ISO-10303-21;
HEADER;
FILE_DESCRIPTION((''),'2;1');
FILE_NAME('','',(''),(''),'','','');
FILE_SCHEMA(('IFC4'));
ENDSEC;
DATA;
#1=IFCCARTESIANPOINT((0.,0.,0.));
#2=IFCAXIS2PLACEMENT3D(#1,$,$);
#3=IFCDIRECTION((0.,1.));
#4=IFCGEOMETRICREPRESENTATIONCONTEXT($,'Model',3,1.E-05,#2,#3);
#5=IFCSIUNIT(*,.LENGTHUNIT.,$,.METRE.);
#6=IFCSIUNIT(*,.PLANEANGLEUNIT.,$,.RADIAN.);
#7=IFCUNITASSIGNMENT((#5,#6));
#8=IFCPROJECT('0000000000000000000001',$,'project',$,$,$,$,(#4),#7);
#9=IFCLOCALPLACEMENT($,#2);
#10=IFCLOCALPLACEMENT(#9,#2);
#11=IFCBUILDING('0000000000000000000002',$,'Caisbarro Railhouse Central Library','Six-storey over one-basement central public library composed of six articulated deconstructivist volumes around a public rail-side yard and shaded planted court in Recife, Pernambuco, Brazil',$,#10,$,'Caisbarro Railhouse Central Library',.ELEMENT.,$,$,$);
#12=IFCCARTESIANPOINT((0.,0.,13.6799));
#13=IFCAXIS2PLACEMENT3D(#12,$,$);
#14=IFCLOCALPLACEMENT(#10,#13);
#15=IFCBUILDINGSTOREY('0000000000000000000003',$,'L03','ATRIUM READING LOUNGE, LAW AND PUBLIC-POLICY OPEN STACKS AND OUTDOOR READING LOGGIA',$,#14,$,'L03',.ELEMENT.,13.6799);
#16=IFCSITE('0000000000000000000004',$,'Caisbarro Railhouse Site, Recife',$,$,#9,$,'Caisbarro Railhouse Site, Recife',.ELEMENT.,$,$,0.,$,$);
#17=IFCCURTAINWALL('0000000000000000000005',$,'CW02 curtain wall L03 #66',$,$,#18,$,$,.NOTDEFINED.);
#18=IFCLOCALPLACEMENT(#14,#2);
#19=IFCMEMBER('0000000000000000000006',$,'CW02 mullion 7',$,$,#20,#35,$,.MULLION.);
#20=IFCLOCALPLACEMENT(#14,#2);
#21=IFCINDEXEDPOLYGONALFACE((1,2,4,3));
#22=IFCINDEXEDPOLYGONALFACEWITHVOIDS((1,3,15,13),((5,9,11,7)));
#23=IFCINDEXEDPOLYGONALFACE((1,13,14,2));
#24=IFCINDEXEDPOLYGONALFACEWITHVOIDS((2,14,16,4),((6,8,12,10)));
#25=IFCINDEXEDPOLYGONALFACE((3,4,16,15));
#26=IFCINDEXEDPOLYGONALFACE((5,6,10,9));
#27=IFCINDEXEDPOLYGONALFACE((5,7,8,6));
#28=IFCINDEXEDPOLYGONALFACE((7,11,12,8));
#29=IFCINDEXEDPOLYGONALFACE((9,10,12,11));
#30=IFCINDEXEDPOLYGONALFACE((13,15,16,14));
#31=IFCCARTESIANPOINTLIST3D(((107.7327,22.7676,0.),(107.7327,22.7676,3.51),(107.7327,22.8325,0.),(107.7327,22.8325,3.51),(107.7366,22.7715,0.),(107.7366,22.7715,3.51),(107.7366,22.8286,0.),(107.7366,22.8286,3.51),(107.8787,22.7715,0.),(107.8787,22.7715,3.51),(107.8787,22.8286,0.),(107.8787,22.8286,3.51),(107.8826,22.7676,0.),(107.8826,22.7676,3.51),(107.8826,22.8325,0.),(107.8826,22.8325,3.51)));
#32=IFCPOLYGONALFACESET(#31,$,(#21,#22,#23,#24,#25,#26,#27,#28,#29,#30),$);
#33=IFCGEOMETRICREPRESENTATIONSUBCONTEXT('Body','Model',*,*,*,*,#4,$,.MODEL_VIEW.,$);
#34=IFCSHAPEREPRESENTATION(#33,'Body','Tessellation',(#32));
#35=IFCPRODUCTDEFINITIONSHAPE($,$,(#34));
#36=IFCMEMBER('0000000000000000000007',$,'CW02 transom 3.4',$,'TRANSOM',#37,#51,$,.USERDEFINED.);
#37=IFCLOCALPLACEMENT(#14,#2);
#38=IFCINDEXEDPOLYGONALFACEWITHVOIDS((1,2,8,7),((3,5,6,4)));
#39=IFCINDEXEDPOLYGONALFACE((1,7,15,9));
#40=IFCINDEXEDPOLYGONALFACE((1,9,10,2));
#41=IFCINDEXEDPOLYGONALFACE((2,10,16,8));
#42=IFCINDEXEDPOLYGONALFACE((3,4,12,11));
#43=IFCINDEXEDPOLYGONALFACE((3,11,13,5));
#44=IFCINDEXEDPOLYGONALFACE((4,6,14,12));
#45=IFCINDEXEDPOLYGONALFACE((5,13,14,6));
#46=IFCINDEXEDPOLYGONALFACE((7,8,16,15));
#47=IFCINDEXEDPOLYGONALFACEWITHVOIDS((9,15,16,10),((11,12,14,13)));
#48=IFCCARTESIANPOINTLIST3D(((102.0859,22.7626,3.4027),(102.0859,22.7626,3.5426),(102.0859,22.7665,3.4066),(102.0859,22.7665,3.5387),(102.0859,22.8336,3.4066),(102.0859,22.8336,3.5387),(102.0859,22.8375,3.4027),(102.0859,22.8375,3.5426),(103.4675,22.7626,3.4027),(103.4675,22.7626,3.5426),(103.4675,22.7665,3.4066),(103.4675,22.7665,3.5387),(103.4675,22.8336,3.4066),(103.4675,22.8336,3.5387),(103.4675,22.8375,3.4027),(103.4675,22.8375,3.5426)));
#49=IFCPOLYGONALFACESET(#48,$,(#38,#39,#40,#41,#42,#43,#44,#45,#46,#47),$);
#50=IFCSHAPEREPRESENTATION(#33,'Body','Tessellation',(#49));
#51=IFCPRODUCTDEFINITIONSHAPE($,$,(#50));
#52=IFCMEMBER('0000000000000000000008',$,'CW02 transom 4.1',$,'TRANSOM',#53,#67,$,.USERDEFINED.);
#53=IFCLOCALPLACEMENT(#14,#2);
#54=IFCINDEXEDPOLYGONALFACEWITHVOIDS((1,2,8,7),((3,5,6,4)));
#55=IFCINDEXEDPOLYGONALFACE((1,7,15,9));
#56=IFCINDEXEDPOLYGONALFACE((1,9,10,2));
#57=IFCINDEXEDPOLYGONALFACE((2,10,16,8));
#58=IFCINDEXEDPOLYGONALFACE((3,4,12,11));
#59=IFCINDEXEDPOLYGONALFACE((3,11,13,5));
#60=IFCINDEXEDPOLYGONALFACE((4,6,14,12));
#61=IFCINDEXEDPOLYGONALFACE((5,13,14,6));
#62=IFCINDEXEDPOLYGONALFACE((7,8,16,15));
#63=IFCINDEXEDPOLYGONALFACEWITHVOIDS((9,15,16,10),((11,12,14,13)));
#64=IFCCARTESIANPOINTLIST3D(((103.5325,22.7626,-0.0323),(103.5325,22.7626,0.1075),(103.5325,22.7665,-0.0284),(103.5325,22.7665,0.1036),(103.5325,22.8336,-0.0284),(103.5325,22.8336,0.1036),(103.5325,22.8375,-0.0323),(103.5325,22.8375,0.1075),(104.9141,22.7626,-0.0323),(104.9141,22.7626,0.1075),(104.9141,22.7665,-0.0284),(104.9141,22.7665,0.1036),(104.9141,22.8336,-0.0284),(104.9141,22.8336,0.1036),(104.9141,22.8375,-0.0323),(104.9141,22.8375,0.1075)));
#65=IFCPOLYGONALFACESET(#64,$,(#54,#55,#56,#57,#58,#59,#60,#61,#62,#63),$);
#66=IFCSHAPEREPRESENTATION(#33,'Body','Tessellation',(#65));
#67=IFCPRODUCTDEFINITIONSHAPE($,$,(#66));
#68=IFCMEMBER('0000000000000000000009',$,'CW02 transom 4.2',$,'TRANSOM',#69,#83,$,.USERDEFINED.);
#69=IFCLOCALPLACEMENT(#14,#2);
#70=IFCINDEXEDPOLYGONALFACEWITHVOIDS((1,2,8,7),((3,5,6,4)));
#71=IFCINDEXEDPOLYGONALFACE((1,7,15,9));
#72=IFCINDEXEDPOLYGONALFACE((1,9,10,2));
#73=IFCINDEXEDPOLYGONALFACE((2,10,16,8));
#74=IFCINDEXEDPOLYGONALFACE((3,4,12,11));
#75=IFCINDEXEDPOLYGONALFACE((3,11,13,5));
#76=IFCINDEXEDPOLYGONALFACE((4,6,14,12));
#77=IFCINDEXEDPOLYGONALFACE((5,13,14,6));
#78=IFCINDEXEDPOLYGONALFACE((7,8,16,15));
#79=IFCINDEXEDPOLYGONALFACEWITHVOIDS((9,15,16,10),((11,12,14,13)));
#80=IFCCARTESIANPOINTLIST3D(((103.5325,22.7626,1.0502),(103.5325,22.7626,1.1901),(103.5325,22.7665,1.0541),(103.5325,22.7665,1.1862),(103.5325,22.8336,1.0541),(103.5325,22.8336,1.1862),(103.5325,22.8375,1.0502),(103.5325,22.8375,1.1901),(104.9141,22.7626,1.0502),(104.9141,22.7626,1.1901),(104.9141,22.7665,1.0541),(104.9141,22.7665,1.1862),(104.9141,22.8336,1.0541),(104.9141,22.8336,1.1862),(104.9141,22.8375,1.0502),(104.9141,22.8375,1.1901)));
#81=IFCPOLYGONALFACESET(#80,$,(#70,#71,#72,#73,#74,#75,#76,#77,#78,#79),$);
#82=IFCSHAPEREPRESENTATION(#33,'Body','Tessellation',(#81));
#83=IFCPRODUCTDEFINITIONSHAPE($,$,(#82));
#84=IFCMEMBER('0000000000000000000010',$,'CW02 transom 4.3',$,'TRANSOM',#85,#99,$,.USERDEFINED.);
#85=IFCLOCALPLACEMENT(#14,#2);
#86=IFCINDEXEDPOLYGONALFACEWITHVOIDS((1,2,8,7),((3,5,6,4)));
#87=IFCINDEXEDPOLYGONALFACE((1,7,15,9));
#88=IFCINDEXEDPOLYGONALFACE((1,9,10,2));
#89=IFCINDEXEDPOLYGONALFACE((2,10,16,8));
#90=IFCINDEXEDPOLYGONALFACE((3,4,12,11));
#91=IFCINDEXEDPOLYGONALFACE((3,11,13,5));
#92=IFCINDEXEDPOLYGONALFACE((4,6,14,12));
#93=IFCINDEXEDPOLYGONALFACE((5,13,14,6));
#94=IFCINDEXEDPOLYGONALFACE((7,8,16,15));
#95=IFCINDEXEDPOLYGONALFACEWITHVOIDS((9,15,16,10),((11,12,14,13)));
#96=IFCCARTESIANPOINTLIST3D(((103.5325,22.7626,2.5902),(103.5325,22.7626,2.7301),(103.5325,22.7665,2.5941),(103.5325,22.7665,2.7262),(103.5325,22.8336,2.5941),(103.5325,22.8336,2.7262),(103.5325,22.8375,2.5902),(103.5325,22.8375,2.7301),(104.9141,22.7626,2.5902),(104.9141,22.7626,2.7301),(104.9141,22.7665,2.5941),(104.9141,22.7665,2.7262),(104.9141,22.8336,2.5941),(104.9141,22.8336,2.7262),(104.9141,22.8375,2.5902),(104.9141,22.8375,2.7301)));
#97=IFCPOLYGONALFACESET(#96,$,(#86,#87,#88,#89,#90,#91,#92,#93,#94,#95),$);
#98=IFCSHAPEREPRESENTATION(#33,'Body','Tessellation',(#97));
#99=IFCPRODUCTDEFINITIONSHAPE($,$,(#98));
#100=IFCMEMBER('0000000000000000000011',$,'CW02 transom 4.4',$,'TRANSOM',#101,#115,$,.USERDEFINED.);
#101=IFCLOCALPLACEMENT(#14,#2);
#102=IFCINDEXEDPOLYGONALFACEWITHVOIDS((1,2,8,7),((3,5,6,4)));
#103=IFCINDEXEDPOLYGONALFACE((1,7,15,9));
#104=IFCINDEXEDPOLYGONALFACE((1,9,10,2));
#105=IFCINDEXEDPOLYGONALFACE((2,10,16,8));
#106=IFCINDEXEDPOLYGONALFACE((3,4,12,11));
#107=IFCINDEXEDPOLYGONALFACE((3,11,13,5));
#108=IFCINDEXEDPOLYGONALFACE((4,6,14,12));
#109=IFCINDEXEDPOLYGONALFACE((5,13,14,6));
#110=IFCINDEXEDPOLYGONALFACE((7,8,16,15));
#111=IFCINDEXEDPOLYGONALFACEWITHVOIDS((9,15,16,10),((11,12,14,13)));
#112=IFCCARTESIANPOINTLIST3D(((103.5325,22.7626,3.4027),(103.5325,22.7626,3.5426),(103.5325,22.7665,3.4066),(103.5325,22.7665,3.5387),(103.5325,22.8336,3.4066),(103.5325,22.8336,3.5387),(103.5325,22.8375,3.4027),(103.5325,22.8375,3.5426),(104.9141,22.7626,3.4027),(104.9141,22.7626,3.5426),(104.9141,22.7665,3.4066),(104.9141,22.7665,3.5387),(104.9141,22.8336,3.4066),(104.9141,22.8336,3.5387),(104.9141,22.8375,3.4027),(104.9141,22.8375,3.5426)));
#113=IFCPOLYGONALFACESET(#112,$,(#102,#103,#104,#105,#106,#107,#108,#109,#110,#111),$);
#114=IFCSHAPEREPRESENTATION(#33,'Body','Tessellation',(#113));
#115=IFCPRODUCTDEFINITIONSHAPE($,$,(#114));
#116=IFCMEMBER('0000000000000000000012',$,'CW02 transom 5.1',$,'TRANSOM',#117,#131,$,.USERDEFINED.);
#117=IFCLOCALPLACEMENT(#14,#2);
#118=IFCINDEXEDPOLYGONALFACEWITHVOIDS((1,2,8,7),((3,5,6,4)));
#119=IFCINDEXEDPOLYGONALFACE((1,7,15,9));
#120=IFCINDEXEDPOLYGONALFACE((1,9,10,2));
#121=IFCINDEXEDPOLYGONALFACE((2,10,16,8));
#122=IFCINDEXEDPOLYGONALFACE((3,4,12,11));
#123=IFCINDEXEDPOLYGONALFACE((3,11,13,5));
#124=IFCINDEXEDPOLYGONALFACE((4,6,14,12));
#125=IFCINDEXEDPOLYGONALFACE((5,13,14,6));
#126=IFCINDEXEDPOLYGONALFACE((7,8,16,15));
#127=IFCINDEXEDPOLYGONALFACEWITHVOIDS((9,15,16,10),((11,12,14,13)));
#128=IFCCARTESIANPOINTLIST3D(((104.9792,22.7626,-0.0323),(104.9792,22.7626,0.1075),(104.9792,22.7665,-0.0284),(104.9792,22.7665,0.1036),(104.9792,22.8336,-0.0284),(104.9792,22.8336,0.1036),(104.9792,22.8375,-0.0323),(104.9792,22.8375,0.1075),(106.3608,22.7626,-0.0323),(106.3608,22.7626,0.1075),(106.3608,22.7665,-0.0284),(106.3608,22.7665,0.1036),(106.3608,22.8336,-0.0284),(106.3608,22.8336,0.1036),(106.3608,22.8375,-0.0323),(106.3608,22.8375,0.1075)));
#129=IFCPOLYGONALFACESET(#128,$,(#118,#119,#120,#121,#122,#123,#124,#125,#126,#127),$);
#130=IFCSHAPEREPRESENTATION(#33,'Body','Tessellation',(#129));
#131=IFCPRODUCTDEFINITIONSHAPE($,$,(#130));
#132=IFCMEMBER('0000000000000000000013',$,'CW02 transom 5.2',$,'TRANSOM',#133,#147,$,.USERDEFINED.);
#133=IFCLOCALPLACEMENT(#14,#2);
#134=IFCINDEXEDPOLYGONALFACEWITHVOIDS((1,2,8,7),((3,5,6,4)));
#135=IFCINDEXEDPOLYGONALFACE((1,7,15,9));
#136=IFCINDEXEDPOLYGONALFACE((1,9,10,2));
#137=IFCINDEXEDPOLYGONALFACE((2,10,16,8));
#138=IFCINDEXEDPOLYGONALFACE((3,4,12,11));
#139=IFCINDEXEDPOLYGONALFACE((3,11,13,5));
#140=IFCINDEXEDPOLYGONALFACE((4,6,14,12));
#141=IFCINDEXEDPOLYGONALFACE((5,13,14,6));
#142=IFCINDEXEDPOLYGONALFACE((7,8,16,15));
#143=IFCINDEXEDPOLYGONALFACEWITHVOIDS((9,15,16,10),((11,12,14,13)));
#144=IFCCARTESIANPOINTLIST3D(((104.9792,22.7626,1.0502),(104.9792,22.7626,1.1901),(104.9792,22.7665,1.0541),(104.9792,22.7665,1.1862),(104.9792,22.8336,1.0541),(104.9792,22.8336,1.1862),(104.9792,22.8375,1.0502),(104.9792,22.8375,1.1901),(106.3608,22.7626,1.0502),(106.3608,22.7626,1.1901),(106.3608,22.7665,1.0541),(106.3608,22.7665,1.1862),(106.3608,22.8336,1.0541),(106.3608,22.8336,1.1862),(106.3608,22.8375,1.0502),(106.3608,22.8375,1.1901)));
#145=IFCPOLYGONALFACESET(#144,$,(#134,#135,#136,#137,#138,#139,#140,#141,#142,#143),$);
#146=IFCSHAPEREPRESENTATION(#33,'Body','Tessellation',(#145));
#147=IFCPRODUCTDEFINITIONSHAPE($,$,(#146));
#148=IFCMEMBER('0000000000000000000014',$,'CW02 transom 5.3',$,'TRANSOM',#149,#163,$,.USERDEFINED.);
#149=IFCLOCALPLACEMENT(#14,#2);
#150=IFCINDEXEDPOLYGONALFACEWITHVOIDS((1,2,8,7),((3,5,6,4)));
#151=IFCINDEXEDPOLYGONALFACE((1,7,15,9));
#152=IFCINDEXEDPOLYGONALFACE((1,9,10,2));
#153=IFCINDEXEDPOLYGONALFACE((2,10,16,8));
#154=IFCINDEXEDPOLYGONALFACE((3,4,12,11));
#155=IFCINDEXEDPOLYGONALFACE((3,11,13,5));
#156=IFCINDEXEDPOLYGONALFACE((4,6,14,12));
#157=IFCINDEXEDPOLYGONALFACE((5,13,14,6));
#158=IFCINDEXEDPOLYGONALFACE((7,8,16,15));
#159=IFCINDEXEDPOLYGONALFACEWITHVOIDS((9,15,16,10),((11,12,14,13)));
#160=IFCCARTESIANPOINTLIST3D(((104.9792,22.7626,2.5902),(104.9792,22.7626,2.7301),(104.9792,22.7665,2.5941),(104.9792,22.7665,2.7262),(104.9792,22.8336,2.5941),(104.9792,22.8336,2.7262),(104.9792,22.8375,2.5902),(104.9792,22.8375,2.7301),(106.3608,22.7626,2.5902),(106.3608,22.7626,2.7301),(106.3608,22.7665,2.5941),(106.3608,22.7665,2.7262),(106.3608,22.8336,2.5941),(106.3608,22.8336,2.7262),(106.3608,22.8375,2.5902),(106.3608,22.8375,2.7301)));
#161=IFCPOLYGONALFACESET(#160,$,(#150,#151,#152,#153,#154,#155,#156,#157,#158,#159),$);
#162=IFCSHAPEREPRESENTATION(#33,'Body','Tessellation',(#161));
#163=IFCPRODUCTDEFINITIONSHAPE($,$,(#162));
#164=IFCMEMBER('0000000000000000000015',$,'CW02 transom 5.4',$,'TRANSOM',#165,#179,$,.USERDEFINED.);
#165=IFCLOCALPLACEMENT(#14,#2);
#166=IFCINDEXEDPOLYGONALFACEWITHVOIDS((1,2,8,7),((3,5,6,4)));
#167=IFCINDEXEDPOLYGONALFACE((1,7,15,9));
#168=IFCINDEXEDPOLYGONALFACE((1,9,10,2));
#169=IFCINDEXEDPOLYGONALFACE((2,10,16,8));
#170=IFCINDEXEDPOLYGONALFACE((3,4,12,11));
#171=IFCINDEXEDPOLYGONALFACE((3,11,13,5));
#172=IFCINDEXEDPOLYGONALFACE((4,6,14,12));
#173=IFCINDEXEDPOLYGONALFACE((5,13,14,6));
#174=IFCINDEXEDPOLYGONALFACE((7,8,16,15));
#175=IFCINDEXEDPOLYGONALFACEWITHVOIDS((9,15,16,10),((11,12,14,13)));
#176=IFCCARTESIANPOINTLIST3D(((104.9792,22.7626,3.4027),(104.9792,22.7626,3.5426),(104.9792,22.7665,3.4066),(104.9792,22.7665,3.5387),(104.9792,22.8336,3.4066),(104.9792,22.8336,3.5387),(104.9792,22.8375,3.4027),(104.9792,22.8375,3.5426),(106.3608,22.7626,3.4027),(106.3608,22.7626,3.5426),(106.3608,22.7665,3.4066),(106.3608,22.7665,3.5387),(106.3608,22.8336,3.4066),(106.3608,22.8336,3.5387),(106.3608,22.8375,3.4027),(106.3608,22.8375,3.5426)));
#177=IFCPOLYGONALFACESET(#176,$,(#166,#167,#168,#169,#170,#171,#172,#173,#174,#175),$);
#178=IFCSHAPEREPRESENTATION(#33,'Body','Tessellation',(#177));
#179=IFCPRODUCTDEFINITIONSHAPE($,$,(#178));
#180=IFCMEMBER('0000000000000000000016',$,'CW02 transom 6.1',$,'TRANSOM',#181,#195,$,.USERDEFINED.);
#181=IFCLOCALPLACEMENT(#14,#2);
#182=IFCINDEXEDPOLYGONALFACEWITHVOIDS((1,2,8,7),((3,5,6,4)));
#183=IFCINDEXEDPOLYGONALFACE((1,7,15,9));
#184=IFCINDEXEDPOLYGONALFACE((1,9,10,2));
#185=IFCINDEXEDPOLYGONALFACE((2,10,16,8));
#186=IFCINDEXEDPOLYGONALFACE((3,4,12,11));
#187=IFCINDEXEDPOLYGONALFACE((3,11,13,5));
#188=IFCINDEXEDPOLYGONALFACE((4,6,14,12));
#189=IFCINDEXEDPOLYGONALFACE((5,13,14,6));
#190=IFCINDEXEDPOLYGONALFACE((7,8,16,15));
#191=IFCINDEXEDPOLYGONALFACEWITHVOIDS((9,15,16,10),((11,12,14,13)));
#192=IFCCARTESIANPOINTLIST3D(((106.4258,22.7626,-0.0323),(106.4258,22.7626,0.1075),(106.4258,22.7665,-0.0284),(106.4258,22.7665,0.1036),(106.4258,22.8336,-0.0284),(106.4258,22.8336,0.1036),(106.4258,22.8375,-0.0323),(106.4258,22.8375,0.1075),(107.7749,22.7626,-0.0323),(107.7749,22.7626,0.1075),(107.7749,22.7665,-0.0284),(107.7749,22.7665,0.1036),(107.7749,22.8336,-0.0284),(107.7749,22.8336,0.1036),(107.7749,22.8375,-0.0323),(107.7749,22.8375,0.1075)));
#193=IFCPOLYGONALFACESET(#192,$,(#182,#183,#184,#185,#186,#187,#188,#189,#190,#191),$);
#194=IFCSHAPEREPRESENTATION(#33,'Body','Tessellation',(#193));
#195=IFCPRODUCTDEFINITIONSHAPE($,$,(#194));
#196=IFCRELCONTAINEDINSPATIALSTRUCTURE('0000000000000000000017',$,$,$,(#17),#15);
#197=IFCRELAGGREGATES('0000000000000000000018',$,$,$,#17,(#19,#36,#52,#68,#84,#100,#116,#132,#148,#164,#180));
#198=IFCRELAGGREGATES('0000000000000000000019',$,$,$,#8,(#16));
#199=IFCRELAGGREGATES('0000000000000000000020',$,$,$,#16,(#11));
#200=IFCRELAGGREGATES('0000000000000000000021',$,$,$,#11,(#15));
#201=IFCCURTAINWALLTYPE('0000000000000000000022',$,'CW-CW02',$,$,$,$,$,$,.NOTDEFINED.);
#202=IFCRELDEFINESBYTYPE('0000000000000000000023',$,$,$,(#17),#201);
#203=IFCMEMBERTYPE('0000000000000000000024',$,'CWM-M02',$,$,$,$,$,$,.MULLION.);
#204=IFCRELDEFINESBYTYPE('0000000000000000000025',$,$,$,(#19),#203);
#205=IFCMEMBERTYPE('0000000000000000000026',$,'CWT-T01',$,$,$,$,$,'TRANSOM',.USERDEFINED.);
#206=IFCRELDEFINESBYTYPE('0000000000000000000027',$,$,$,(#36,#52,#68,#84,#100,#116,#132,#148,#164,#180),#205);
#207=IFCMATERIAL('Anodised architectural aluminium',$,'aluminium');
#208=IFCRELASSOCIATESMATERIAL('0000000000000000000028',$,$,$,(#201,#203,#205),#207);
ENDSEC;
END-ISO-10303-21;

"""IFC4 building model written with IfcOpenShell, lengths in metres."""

from ifc_helpers import new_model, si_unit, direction, frame, origin, origin_2d, place, context, subcontext, project, spatial, hollow_rectangle, extrude, material, material_profile, profile_set, type_object, element, aggregate, save


model = new_model("IFC4")

# Units and contexts
model_context = context("Model", 3, precision=1e-05, world=origin(), true_north=direction((0.0, 1.0)))
body_context = subcontext(model_context, "Body", "Model", "MODEL_VIEW")
ifc_project = project(units=[si_unit("LENGTHUNIT", "METRE"), si_unit("PLANEANGLEUNIT", "RADIAN")], contexts=[model_context])

# Site, building, storey
site_placement = place(None, origin())
site = spatial("IfcSite", under=ifc_project, at=site_placement, Name="Caisbarro Railhouse Site, Recife", LongName="Caisbarro Railhouse Site, Recife", CompositionType="ELEMENT", RefElevation=0.0)
building_placement = place(site_placement, origin())
building = spatial("IfcBuilding", under=site, at=building_placement, Name="Caisbarro Railhouse Central Library", Description="Six-storey over one-basement central public library composed of six articulated deconstructivist volumes around a public rail-side yard and shaded planted court in Recife, Pernambuco, Brazil", LongName="Caisbarro Railhouse Central Library", CompositionType="ELEMENT")
storey_placement = place(building_placement, frame((0.0, 0.0, 13.6799)))
storey = spatial("IfcBuildingStorey", under=building, at=storey_placement, Name="L03", Description="ATRIUM READING LOUNGE, LAW AND PUBLIC-POLICY OPEN STACKS AND OUTDOOR READING LOGGIA", LongName="L03", CompositionType="ELEMENT", Elevation=13.6799)

# Curtain wall, members
ifc_material_1 = material(Name="Anodised architectural aluminium", Category="aluminium")
curtain_wall_type = type_object("IfcCurtainWallType", Name="CW-CW02", PredefinedType="NOTDEFINED", material=ifc_material_1)
curtain_wall_placement = place(storey_placement, origin())
curtain_wall = element("IfcCurtainWall", 1, at=curtain_wall_placement, inside=storey, type_object=curtain_wall_type, Name="CW02 curtain wall L03 #66", PredefinedType="NOTDEFINED")
ifc_material_profile_1 = material_profile(ifc_material_1, hollow_rectangle(XDim=0.0649, YDim=0.1499, WallThickness=0.0039, at=origin_2d()), Name="ALU-MUL-65X150")
ifc_profile_set_1 = profile_set([ifc_material_profile_1], Name="Anodised architectural aluminium")
member_type_1 = type_object("IfcMemberType", Name="CWM-M02", PredefinedType="MULLION", material=ifc_profile_set_1)
member_1_placement = place(storey_placement, frame((107.8076, 22.8, 0.0), z_axis=(0.0, 0.0, 1.0), x_axis=(0.0, 1.0, 0.0)))
member_1 = element("IfcMember", 2, at=member_1_placement, type_object=member_type_1, Name="CW02 mullion 7", PredefinedType="MULLION", context=body_context, shape_type="SweptSolid", body=[
    extrude(hollow_rectangle(XDim=0.0649, YDim=0.1499, WallThickness=0.0039, at=origin_2d()), origin(), (0.0, 0.0, 1.0), 3.51),
])
ifc_material_profile_2 = material_profile(ifc_material_1, hollow_rectangle(XDim=0.075, YDim=0.1399, WallThickness=0.0039, at=origin_2d()), Name="ALU-TRN-75X140")
ifc_profile_set_2 = profile_set([ifc_material_profile_2], Name="Anodised architectural aluminium")
member_type_2 = type_object("IfcMemberType", Name="CWT-T01", ElementType="TRANSOM", PredefinedType="USERDEFINED", material=ifc_profile_set_2)
member_2_placement = place(storey_placement, frame((102.0859, 22.8, 3.4727), z_axis=(1.0, 0.0, 0.0), x_axis=(0.0, 1.0, 0.0)))
member_2 = element("IfcMember", 3, at=member_2_placement, type_object=member_type_2, Name="CW02 transom 3.4", ObjectType="TRANSOM", PredefinedType="USERDEFINED", context=body_context, shape_type="SweptSolid", body=[
    extrude(hollow_rectangle(XDim=0.075, YDim=0.1399, WallThickness=0.0039, at=origin_2d()), origin(), (0.0, 0.0, 1.0), 1.3816),
])
member_3_placement = place(storey_placement, frame((103.5325, 22.8, 0.0376), z_axis=(1.0, 0.0, 0.0), x_axis=(0.0, 1.0, 0.0)))
member_3 = element("IfcMember", 4, at=member_3_placement, type_object=member_type_2, Name="CW02 transom 4.1", ObjectType="TRANSOM", PredefinedType="USERDEFINED", context=body_context, shape_type="SweptSolid", body=[
    extrude(hollow_rectangle(XDim=0.075, YDim=0.1399, WallThickness=0.0039, at=origin_2d()), origin(), (0.0, 0.0, 1.0), 1.3816),
])
member_4_placement = place(storey_placement, frame((103.5325, 22.8, 1.1201), z_axis=(1.0, 0.0, 0.0), x_axis=(0.0, 1.0, 0.0)))
member_4 = element("IfcMember", 5, at=member_4_placement, type_object=member_type_2, Name="CW02 transom 4.2", ObjectType="TRANSOM", PredefinedType="USERDEFINED", context=body_context, shape_type="SweptSolid", body=[
    extrude(hollow_rectangle(XDim=0.075, YDim=0.1399, WallThickness=0.0039, at=origin_2d()), origin(), (0.0, 0.0, 1.0), 1.3816),
])
member_5_placement = place(storey_placement, frame((103.5325, 22.8, 2.6602), z_axis=(1.0, 0.0, 0.0), x_axis=(0.0, 1.0, 0.0)))
member_5 = element("IfcMember", 6, at=member_5_placement, type_object=member_type_2, Name="CW02 transom 4.3", ObjectType="TRANSOM", PredefinedType="USERDEFINED", context=body_context, shape_type="SweptSolid", body=[
    extrude(hollow_rectangle(XDim=0.075, YDim=0.1399, WallThickness=0.0039, at=origin_2d()), origin(), (0.0, 0.0, 1.0), 1.3816),
])
member_6_placement = place(storey_placement, frame((103.5325, 22.8, 3.4727), z_axis=(1.0, 0.0, 0.0), x_axis=(0.0, 1.0, 0.0)))
member_6 = element("IfcMember", 7, at=member_6_placement, type_object=member_type_2, Name="CW02 transom 4.4", ObjectType="TRANSOM", PredefinedType="USERDEFINED", context=body_context, shape_type="SweptSolid", body=[
    extrude(hollow_rectangle(XDim=0.075, YDim=0.1399, WallThickness=0.0039, at=origin_2d()), origin(), (0.0, 0.0, 1.0), 1.3816),
])
member_7_placement = place(storey_placement, frame((104.9792, 22.8, 0.0376), z_axis=(1.0, 0.0, 0.0), x_axis=(0.0, 1.0, 0.0)))
member_7 = element("IfcMember", 8, at=member_7_placement, type_object=member_type_2, Name="CW02 transom 5.1", ObjectType="TRANSOM", PredefinedType="USERDEFINED", context=body_context, shape_type="SweptSolid", body=[
    extrude(hollow_rectangle(XDim=0.075, YDim=0.1399, WallThickness=0.0039, at=origin_2d()), origin(), (0.0, 0.0, 1.0), 1.3816),
])
member_8_placement = place(storey_placement, frame((104.9792, 22.8, 1.1201), z_axis=(1.0, 0.0, 0.0), x_axis=(0.0, 1.0, 0.0)))
member_8 = element("IfcMember", 9, at=member_8_placement, type_object=member_type_2, Name="CW02 transom 5.2", ObjectType="TRANSOM", PredefinedType="USERDEFINED", context=body_context, shape_type="SweptSolid", body=[
    extrude(hollow_rectangle(XDim=0.075, YDim=0.1399, WallThickness=0.0039, at=origin_2d()), origin(), (0.0, 0.0, 1.0), 1.3816),
])
member_9_placement = place(storey_placement, frame((104.9792, 22.8, 2.6602), z_axis=(1.0, 0.0, 0.0), x_axis=(0.0, 1.0, 0.0)))
member_9 = element("IfcMember", 10, at=member_9_placement, type_object=member_type_2, Name="CW02 transom 5.3", ObjectType="TRANSOM", PredefinedType="USERDEFINED", context=body_context, shape_type="SweptSolid", body=[
    extrude(hollow_rectangle(XDim=0.075, YDim=0.1399, WallThickness=0.0039, at=origin_2d()), origin(), (0.0, 0.0, 1.0), 1.3816),
])
member_10_placement = place(storey_placement, frame((104.9792, 22.8, 3.4727), z_axis=(1.0, 0.0, 0.0), x_axis=(0.0, 1.0, 0.0)))
member_10 = element("IfcMember", 11, at=member_10_placement, type_object=member_type_2, Name="CW02 transom 5.4", ObjectType="TRANSOM", PredefinedType="USERDEFINED", context=body_context, shape_type="SweptSolid", body=[
    extrude(hollow_rectangle(XDim=0.075, YDim=0.1399, WallThickness=0.0039, at=origin_2d()), origin(), (0.0, 0.0, 1.0), 1.3816),
])
member_11_placement = place(storey_placement, frame((106.4258, 22.8, 0.0376), z_axis=(1.0, 0.0, 0.0), x_axis=(0.0, 1.0, 0.0)))
member_11 = element("IfcMember", 12, at=member_11_placement, type_object=member_type_2, Name="CW02 transom 6.1", ObjectType="TRANSOM", PredefinedType="USERDEFINED", context=body_context, shape_type="SweptSolid", body=[
    extrude(hollow_rectangle(XDim=0.075, YDim=0.1399, WallThickness=0.0039, at=origin_2d()), origin(), (0.0, 0.0, 1.0), 1.3491),
])
aggregate(curtain_wall, [member_1, member_2, member_3, member_4, member_5, member_6, member_7, member_8, member_9, member_10, member_11])

save(model, "model.ifc")
